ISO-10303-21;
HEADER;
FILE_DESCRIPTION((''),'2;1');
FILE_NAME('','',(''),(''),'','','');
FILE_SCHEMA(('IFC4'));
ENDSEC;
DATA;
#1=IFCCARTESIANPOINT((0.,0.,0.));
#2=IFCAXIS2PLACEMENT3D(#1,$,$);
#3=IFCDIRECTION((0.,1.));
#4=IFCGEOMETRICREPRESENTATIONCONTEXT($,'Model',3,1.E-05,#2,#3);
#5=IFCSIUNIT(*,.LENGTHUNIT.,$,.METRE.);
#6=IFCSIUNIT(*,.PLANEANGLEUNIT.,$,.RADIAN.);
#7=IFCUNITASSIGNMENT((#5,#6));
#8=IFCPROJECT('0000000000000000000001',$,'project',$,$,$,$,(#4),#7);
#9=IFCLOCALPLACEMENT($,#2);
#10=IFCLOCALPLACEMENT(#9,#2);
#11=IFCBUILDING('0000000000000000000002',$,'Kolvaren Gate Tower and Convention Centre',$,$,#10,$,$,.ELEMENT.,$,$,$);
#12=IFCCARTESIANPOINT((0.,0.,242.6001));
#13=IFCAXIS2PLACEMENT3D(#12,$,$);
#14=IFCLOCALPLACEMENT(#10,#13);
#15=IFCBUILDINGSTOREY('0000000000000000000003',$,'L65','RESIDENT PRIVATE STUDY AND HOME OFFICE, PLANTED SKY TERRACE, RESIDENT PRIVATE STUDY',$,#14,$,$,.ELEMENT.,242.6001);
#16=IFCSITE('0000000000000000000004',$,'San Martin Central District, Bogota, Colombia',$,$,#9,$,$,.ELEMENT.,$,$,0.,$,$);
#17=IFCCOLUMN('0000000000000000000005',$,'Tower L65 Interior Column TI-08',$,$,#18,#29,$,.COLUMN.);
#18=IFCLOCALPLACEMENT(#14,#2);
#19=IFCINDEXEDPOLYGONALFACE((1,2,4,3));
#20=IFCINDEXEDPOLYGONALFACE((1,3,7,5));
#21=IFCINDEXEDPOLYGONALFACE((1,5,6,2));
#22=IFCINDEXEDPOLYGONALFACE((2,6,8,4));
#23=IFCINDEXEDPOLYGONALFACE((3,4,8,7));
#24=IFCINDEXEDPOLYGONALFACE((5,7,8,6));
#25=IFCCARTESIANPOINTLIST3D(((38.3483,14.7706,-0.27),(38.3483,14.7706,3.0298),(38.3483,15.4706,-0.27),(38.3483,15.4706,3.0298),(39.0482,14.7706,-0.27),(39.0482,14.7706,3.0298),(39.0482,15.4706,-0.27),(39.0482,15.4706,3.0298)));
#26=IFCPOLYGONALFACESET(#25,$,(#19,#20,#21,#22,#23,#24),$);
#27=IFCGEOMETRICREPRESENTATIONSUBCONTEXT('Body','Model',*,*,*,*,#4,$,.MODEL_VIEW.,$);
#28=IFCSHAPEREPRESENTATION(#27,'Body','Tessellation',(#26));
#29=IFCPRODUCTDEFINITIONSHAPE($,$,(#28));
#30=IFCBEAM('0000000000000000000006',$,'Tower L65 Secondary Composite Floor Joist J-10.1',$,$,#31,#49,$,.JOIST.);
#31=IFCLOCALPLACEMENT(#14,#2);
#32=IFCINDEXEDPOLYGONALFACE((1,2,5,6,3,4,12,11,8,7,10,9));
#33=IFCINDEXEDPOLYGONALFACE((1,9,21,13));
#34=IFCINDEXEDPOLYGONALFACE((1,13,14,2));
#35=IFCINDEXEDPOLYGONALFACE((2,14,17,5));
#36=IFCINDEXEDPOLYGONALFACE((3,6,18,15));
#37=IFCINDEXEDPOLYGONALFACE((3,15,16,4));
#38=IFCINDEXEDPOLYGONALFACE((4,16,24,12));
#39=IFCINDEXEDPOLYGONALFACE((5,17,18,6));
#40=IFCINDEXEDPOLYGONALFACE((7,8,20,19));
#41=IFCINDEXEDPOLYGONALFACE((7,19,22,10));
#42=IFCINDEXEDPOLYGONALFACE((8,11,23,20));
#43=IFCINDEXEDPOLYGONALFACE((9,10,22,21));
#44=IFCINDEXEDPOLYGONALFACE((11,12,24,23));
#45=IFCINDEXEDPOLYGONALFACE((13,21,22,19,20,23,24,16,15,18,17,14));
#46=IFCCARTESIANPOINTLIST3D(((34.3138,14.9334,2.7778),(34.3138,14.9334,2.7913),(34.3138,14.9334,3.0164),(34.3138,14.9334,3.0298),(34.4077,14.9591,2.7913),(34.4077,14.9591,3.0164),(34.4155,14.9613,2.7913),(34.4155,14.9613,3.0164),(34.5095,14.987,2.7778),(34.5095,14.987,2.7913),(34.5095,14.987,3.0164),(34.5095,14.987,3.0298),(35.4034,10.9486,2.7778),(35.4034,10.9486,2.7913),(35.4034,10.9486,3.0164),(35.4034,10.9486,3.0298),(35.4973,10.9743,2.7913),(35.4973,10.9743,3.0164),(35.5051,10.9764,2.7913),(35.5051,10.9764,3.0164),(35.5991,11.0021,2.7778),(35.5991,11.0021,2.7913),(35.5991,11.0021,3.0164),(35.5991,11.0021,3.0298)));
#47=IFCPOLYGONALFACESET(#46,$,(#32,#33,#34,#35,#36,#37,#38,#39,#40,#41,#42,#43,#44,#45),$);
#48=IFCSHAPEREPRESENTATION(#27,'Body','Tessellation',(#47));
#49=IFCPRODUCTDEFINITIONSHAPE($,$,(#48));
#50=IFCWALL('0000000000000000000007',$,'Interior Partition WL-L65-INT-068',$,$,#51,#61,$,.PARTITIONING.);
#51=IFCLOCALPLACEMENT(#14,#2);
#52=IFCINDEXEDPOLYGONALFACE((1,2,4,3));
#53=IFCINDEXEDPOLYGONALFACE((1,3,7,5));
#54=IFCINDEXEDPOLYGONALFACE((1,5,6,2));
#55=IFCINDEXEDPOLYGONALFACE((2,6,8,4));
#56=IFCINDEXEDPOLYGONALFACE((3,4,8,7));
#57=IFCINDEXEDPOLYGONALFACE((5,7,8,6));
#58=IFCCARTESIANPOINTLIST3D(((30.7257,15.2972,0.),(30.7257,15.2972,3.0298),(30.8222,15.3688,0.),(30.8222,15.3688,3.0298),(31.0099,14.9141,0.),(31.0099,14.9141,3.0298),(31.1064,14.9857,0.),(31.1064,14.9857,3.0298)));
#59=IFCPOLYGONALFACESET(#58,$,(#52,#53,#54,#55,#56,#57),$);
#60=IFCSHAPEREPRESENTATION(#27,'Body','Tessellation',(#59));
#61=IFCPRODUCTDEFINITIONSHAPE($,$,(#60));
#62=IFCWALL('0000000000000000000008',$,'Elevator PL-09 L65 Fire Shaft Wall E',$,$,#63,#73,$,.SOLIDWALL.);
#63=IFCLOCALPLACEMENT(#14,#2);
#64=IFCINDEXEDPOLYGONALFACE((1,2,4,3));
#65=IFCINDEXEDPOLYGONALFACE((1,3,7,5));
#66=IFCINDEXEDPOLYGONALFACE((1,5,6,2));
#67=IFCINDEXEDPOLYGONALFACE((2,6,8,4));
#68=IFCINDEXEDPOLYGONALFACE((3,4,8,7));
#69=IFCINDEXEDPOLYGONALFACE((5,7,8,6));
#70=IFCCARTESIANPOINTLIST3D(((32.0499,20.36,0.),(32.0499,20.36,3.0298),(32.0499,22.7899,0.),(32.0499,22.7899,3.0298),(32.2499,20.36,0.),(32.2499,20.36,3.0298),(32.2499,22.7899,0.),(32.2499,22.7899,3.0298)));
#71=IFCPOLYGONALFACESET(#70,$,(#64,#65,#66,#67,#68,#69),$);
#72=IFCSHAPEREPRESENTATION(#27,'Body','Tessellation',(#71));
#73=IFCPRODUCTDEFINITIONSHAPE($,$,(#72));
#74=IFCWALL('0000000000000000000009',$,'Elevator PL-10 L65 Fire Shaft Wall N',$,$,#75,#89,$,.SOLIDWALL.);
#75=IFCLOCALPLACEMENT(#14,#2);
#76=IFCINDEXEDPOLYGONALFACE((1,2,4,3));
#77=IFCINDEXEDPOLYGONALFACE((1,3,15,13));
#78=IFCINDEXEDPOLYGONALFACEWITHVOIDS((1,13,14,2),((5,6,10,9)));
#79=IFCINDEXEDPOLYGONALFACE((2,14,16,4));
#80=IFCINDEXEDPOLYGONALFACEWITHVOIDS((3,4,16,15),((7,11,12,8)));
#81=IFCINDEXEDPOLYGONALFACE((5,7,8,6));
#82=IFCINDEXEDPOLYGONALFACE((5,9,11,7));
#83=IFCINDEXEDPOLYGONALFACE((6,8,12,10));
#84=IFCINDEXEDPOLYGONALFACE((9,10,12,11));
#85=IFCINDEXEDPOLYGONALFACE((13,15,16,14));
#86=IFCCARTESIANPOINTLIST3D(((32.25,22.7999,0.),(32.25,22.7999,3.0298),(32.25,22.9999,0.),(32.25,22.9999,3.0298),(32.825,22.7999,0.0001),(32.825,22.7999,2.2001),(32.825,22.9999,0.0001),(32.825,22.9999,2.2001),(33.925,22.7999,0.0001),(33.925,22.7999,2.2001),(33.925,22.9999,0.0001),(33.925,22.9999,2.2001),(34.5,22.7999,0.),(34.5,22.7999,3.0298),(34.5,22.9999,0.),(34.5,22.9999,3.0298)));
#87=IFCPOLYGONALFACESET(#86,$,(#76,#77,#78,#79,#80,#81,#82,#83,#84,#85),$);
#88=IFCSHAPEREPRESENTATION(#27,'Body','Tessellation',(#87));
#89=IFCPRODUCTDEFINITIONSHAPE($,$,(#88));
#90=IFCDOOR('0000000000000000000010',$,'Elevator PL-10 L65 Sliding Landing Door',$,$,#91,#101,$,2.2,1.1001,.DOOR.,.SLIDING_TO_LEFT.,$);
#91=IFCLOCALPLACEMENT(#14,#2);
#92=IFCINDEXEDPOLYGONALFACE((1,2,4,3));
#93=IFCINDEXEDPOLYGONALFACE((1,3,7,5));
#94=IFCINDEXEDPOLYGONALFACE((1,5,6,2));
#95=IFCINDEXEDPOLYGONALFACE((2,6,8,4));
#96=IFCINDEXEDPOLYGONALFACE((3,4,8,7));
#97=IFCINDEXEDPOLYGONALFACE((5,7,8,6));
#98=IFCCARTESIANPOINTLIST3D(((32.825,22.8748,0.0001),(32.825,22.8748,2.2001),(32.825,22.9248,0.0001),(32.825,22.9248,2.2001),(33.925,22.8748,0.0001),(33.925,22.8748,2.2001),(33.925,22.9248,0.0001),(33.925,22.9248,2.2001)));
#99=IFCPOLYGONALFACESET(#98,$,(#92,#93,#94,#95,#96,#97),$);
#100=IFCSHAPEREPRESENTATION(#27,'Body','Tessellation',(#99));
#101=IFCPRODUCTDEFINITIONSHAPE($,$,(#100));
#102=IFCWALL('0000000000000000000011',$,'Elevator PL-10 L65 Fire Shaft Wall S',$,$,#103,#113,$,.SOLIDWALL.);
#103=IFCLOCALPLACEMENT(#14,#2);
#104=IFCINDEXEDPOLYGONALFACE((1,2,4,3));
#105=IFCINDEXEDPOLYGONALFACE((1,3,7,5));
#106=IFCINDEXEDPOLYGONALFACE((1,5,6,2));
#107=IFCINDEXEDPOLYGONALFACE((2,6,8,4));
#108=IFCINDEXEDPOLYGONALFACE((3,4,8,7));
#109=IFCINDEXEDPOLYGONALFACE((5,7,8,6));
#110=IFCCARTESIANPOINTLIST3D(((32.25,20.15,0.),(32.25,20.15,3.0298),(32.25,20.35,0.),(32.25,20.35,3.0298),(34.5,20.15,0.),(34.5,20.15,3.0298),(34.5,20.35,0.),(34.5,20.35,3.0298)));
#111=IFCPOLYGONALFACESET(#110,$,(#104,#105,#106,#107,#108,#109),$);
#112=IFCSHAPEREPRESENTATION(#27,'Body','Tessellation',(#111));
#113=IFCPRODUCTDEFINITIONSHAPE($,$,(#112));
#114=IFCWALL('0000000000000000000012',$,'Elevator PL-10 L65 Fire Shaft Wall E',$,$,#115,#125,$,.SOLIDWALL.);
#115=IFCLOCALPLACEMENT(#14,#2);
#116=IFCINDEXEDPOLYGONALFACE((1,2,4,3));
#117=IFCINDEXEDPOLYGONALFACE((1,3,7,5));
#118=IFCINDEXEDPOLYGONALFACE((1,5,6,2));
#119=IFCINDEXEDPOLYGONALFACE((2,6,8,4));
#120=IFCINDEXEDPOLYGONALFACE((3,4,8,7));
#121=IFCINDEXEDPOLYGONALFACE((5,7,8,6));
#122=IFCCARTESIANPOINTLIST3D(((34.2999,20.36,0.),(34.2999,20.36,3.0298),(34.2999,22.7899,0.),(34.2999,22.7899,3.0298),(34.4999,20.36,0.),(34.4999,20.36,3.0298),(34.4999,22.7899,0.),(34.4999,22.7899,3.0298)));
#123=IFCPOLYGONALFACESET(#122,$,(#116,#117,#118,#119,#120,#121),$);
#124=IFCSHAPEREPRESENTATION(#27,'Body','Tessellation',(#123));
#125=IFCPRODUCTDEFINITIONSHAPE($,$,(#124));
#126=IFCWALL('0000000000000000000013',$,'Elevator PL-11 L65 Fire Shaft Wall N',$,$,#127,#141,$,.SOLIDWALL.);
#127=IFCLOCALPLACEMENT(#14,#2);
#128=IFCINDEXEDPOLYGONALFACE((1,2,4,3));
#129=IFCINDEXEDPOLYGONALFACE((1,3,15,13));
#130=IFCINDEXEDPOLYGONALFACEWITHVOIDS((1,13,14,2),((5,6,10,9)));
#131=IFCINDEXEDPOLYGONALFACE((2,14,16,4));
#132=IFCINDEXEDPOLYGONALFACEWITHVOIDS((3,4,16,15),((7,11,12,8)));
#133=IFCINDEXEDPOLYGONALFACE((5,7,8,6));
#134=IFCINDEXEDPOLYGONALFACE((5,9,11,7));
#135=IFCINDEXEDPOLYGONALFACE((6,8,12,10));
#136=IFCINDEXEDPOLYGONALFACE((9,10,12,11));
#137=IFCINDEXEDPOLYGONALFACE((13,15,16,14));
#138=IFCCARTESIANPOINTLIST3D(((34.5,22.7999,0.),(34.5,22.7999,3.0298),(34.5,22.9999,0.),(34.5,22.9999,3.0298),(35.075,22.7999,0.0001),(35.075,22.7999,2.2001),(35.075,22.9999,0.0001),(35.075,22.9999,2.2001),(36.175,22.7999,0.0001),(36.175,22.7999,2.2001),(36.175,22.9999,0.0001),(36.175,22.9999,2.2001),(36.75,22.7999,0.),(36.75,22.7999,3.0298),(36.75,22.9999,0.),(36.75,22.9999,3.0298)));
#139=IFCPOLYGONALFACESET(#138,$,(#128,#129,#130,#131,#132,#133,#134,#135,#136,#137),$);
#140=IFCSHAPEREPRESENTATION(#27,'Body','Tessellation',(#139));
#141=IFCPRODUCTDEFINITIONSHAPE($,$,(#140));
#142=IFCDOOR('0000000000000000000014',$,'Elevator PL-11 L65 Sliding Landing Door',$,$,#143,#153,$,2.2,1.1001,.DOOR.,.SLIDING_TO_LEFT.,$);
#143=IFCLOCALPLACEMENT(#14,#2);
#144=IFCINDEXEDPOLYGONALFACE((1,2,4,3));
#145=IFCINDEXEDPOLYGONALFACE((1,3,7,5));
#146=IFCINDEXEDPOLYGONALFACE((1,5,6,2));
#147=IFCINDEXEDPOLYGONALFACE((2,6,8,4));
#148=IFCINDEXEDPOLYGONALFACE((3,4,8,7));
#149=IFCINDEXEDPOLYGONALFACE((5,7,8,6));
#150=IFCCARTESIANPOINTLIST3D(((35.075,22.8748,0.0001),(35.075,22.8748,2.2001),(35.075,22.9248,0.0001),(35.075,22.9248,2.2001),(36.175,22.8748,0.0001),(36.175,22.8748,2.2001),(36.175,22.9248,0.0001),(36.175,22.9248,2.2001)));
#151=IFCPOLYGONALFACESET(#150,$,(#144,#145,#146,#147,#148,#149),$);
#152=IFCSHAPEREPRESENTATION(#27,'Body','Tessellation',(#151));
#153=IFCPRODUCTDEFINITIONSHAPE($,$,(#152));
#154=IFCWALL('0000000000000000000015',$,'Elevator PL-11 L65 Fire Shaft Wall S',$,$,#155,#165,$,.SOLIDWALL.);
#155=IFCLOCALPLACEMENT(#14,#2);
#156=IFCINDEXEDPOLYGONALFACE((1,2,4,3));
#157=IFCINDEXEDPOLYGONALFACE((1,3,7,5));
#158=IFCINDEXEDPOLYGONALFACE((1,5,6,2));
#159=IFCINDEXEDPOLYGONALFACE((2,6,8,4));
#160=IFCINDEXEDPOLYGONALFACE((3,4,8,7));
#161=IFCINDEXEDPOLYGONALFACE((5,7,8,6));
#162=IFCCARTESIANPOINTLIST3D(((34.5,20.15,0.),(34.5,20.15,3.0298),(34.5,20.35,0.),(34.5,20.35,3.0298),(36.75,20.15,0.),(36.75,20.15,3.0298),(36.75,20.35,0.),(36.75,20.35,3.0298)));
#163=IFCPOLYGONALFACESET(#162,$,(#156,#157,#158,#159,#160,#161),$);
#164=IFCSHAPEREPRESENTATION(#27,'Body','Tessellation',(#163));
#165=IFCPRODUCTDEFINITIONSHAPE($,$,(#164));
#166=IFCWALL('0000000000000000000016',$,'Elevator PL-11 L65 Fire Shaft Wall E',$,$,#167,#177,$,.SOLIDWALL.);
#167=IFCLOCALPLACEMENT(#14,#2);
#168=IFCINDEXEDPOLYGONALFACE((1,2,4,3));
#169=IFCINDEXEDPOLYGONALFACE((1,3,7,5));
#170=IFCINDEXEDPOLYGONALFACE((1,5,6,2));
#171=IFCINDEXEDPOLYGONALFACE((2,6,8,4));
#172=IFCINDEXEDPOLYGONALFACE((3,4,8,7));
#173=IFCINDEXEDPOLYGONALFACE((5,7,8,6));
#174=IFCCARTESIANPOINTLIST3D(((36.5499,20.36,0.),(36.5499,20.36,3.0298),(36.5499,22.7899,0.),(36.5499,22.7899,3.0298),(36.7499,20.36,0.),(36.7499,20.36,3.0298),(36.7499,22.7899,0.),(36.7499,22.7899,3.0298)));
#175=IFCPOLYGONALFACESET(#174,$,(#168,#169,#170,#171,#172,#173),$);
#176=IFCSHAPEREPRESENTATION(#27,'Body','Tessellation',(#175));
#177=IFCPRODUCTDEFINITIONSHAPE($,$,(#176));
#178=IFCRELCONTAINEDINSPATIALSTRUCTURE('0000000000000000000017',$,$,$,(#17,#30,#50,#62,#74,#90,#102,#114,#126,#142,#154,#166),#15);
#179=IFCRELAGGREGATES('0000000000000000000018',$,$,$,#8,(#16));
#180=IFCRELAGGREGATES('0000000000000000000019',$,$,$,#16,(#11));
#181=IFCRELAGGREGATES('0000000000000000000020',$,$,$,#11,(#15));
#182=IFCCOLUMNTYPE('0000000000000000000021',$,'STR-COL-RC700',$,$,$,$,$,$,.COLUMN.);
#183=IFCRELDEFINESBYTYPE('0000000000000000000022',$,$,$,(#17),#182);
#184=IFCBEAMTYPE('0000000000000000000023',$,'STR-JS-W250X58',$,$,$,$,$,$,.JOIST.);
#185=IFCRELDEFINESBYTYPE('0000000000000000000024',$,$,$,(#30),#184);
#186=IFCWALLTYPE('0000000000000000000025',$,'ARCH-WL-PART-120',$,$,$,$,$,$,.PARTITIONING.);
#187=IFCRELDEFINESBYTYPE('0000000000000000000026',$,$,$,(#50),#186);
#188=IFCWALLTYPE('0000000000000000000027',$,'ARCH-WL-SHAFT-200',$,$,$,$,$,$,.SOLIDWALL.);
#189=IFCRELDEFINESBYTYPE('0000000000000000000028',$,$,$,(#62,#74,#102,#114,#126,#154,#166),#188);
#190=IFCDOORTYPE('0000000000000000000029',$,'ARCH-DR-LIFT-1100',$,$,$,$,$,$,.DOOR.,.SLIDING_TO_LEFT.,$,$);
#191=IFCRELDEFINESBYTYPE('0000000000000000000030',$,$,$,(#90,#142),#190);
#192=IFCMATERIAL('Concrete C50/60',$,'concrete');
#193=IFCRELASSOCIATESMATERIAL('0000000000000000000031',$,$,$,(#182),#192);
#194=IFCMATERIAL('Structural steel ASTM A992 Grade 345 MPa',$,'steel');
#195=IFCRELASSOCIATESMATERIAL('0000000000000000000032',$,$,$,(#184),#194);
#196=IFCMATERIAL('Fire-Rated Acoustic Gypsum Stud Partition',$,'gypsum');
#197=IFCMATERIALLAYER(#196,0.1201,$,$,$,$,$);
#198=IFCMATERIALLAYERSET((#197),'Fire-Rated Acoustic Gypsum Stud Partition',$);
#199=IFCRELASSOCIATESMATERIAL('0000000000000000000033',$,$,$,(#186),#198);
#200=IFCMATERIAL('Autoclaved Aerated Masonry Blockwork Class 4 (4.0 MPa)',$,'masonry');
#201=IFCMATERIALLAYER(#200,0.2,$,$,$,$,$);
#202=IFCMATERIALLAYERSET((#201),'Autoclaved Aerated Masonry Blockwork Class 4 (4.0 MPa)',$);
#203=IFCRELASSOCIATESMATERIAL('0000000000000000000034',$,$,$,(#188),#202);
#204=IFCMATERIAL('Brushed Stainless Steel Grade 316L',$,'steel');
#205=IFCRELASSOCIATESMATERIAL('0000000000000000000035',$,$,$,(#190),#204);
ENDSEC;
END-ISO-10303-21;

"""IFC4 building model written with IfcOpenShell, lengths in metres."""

from ifc_helpers import new_model, si_unit, direction, frame, frame_2d, origin, origin_2d, place, context, subcontext, project, spatial, rectangle, i_section, extrude, material, layer, layer_set, material_profile, profile_set, type_object, element, fill, save


model = new_model("IFC4")

# Units and contexts
model_context = context("Model", 3, precision=1e-05, world=origin(), true_north=direction((0.0, 1.0)))
body_context = subcontext(model_context, "Body", "Model", "MODEL_VIEW")
ifc_project = project(units=[si_unit("LENGTHUNIT", "METRE"), si_unit("PLANEANGLEUNIT", "RADIAN")], contexts=[model_context])

# Site, building, storey
site_placement = place(None, origin())
site = spatial("IfcSite", under=ifc_project, at=site_placement, Name="San Martin Central District, Bogota, Colombia", CompositionType="ELEMENT", RefElevation=0.0)
building_placement = place(site_placement, origin())
building = spatial("IfcBuilding", under=site, at=building_placement, Name="Kolvaren Gate Tower and Convention Centre", CompositionType="ELEMENT")
storey_placement = place(building_placement, frame((0.0, 0.0, 242.6001)))
storey = spatial("IfcBuildingStorey", under=building, at=storey_placement, Name="L65", Description="RESIDENT PRIVATE STUDY AND HOME OFFICE, PLANTED SKY TERRACE, RESIDENT PRIVATE STUDY", CompositionType="ELEMENT", Elevation=242.6001)

# Column
ifc_material_1 = material(Name="Concrete C50/60", Category="concrete")
ifc_material_profile_1 = material_profile(ifc_material_1, rectangle(XDim=0.7, YDim=0.7, at=origin_2d()), Name="RC-COL-700X700")
ifc_profile_set_1 = profile_set([ifc_material_profile_1], Name="Concrete C50/60")
column_type = type_object("IfcColumnType", Name="STR-COL-RC700", PredefinedType="COLUMN", material=ifc_profile_set_1)
column_placement = place(storey_placement, frame((38.6982, 15.1206, -0.27), z_axis=(0.0, 0.0, 1.0), x_axis=(1.0, 0.0, 0.0)))
element("IfcColumn", 1, at=column_placement, inside=storey, type_object=column_type, Name="Tower L65 Interior Column TI-08", PredefinedType="COLUMN", context=body_context, shape_type="SweptSolid", body=[
    extrude(rectangle(XDim=0.7, YDim=0.7, at=origin_2d()), origin(), (0.0, 0.0, 1.0), 3.2998),
])

# Beam
ifc_material_2 = material(Name="Structural steel ASTM A992 Grade 345 MPa", Category="steel")
ifc_material_profile_2 = material_profile(ifc_material_2, i_section(OverallWidth=0.2029, OverallDepth=0.252, WebThickness=0.0081, FlangeThickness=0.0134, at=origin_2d()), Name="W250X58")
ifc_profile_set_2 = profile_set([ifc_material_profile_2], Name="Structural steel ASTM A992 Grade 345 MPa")
beam_type = type_object("IfcBeamType", Name="STR-JS-W250X58", PredefinedType="JOIST", material=ifc_profile_set_2)
beam_placement = place(storey_placement, frame((34.4116, 14.9602, 2.9038), z_axis=(0.263752, -0.96459, 0.0), x_axis=(0.96459, 0.263752, 0.0)))
element("IfcBeam", 2, at=beam_placement, inside=storey, type_object=beam_type, Name="Tower L65 Secondary Composite Floor Joist J-10.1", PredefinedType="JOIST", context=body_context, shape_type="SweptSolid", body=[
    extrude(i_section(OverallWidth=0.2029, OverallDepth=0.252, WebThickness=0.0081, FlangeThickness=0.0134, at=origin_2d()), origin(), (0.0, 0.0, 1.0), 4.1311),
])

# Walls
ifc_material_3 = material(Name="Fire-Rated Acoustic Gypsum Stud Partition", Category="gypsum")
ifc_layer_1 = layer(ifc_material_3, 0.1201)
ifc_layer_set_1 = layer_set([ifc_layer_1], Name="Fire-Rated Acoustic Gypsum Stud Partition")
wall_type_1 = type_object("IfcWallType", Name="ARCH-WL-PART-120", PredefinedType="PARTITIONING", material=ifc_layer_set_1)
wall_1_placement = place(storey_placement, frame((30.7739, 15.333, 0.0), z_axis=(0.0, 0.0, 1.0), x_axis=(0.595815, -0.803122, 0.0)))
element("IfcWall", 3, at=wall_1_placement, inside=storey, type_object=wall_type_1, Name="Interior Partition WL-L65-INT-068", PredefinedType="PARTITIONING", context=body_context, shape_type="SweptSolid", body=[
    extrude(rectangle(XDim=0.4771, YDim=0.1201, at=frame_2d((0.2385, 0.0))), origin(), (0.0, 0.0, 1.0), 3.0298),
])
ifc_material_4 = material(Name="Autoclaved Aerated Masonry Blockwork Class 4 (4.0 MPa)", Category="masonry")
ifc_layer_2 = layer(ifc_material_4, 0.2)
ifc_layer_set_2 = layer_set([ifc_layer_2], Name="Autoclaved Aerated Masonry Blockwork Class 4 (4.0 MPa)")
wall_type_2 = type_object("IfcWallType", Name="ARCH-WL-SHAFT-200", PredefinedType="SOLIDWALL", material=ifc_layer_set_2)
wall_2_placement = place(storey_placement, frame((32.1499, 20.3601, 0.0), z_axis=(0.0, 0.0, 1.0), x_axis=(0.0, 1.0, 0.0)))
element("IfcWall", 4, at=wall_2_placement, inside=storey, type_object=wall_type_2, Name="Elevator PL-09 L65 Fire Shaft Wall E", PredefinedType="SOLIDWALL", context=body_context, shape_type="SweptSolid", body=[
    extrude(rectangle(XDim=2.4299, YDim=0.2, at=frame_2d((1.2148, 0.0))), origin(), (0.0, 0.0, 1.0), 3.0298),
])

# Wall, opening, door
wall_3_placement = place(storey_placement, frame((32.25, 22.8999, 0.0), z_axis=(0.0, 0.0, 1.0), x_axis=(1.0, 0.0, 0.0)))
wall_3 = element("IfcWall", 5, at=wall_3_placement, inside=storey, type_object=wall_type_2, Name="Elevator PL-10 L65 Fire Shaft Wall N", PredefinedType="SOLIDWALL", context=body_context, shape_type="SweptSolid", body=[
    extrude(rectangle(XDim=2.25, YDim=0.2, at=frame_2d((1.125, 0.0))), origin(), (0.0, 0.0, 1.0), 3.0298),
])
opening_1_placement = place(wall_3_placement, frame((0.575, 0.0, 0.0)))
opening_1 = element("IfcOpeningElement", 6, at=opening_1_placement, cuts=wall_3, PredefinedType="OPENING", context=body_context, shape_type="SweptSolid", body=[
    extrude(rectangle(XDim=1.1001, YDim=2.2, at=frame_2d((0.55, 1.1001))), frame((0.0, 0.1099, 0.0), z_axis=(0.0, -1.0, 0.0), x_axis=(1.0, 0.0, 0.0)), (0.0, 0.0, 1.0), 0.22),
])
ifc_material_5 = material(Name="Brushed Stainless Steel Grade 316L", Category="steel")
door_type_1 = type_object("IfcDoorType", Name="ARCH-DR-LIFT-1100", OperationType="SLIDING_TO_LEFT", PredefinedType="DOOR", material=ifc_material_5)
door_1_placement = place(opening_1_placement, origin())
door_1 = element("IfcDoor", 7, at=door_1_placement, inside=storey, type_object=door_type_1, Name="Elevator PL-10 L65 Sliding Landing Door", OperationType="SLIDING_TO_LEFT", OverallHeight=2.2, OverallWidth=1.1001, PredefinedType="DOOR", context=body_context, shape_type="SweptSolid", body=[
    extrude(rectangle(XDim=1.1001, YDim=2.2, at=frame_2d((0.55, 1.1001))), frame((0.0, 0.0249, 0.0), z_axis=(0.0, -1.0, 0.0), x_axis=(1.0, 0.0, 0.0)), (0.0, 0.0, 1.0), 0.05),
])
fill(opening_1, door_1)

# Walls
wall_4_placement = place(storey_placement, frame((32.25, 20.25, 0.0), z_axis=(0.0, 0.0, 1.0), x_axis=(1.0, 0.0, 0.0)))
element("IfcWall", 8, at=wall_4_placement, inside=storey, type_object=wall_type_2, Name="Elevator PL-10 L65 Fire Shaft Wall S", PredefinedType="SOLIDWALL", context=body_context, shape_type="SweptSolid", body=[
    extrude(rectangle(XDim=2.25, YDim=0.2, at=frame_2d((1.125, 0.0))), origin(), (0.0, 0.0, 1.0), 3.0298),
])
wall_5_placement = place(storey_placement, frame((34.3999, 20.3601, 0.0), z_axis=(0.0, 0.0, 1.0), x_axis=(0.0, 1.0, 0.0)))
element("IfcWall", 9, at=wall_5_placement, inside=storey, type_object=wall_type_2, Name="Elevator PL-10 L65 Fire Shaft Wall E", PredefinedType="SOLIDWALL", context=body_context, shape_type="SweptSolid", body=[
    extrude(rectangle(XDim=2.4299, YDim=0.2, at=frame_2d((1.2148, 0.0))), origin(), (0.0, 0.0, 1.0), 3.0298),
])

# Wall, opening, door
wall_6_placement = place(storey_placement, frame((34.5, 22.8999, 0.0), z_axis=(0.0, 0.0, 1.0), x_axis=(1.0, 0.0, 0.0)))
wall_6 = element("IfcWall", 10, at=wall_6_placement, inside=storey, type_object=wall_type_2, Name="Elevator PL-11 L65 Fire Shaft Wall N", PredefinedType="SOLIDWALL", context=body_context, shape_type="SweptSolid", body=[
    extrude(rectangle(XDim=2.25, YDim=0.2, at=frame_2d((1.125, 0.0))), origin(), (0.0, 0.0, 1.0), 3.0298),
])
opening_2_placement = place(wall_6_placement, frame((0.575, 0.0, 0.0)))
opening_2 = element("IfcOpeningElement", 11, at=opening_2_placement, cuts=wall_6, PredefinedType="OPENING", context=body_context, shape_type="SweptSolid", body=[
    extrude(rectangle(XDim=1.1001, YDim=2.2, at=frame_2d((0.55, 1.1001))), frame((0.0, 0.1099, 0.0), z_axis=(0.0, -1.0, 0.0), x_axis=(1.0, 0.0, 0.0)), (0.0, 0.0, 1.0), 0.22),
])
door_2_placement = place(opening_2_placement, origin())
door_2 = element("IfcDoor", 12, at=door_2_placement, inside=storey, type_object=door_type_1, Name="Elevator PL-11 L65 Sliding Landing Door", OperationType="SLIDING_TO_LEFT", OverallHeight=2.2, OverallWidth=1.1001, PredefinedType="DOOR", context=body_context, shape_type="SweptSolid", body=[
    extrude(rectangle(XDim=1.1001, YDim=2.2, at=frame_2d((0.55, 1.1001))), frame((0.0, 0.0249, 0.0), z_axis=(0.0, -1.0, 0.0), x_axis=(1.0, 0.0, 0.0)), (0.0, 0.0, 1.0), 0.05),
])
fill(opening_2, door_2)

# Walls
wall_7_placement = place(storey_placement, frame((34.5, 20.25, 0.0), z_axis=(0.0, 0.0, 1.0), x_axis=(1.0, 0.0, 0.0)))
element("IfcWall", 13, at=wall_7_placement, inside=storey, type_object=wall_type_2, Name="Elevator PL-11 L65 Fire Shaft Wall S", PredefinedType="SOLIDWALL", context=body_context, shape_type="SweptSolid", body=[
    extrude(rectangle(XDim=2.25, YDim=0.2, at=frame_2d((1.125, 0.0))), origin(), (0.0, 0.0, 1.0), 3.0298),
])
wall_8_placement = place(storey_placement, frame((36.6499, 20.3601, 0.0), z_axis=(0.0, 0.0, 1.0), x_axis=(0.0, 1.0, 0.0)))
element("IfcWall", 14, at=wall_8_placement, inside=storey, type_object=wall_type_2, Name="Elevator PL-11 L65 Fire Shaft Wall E", PredefinedType="SOLIDWALL", context=body_context, shape_type="SweptSolid", body=[
    extrude(rectangle(XDim=2.4299, YDim=0.2, at=frame_2d((1.2148, 0.0))), origin(), (0.0, 0.0, 1.0), 3.0298),
])

save(model, "model.ifc")
